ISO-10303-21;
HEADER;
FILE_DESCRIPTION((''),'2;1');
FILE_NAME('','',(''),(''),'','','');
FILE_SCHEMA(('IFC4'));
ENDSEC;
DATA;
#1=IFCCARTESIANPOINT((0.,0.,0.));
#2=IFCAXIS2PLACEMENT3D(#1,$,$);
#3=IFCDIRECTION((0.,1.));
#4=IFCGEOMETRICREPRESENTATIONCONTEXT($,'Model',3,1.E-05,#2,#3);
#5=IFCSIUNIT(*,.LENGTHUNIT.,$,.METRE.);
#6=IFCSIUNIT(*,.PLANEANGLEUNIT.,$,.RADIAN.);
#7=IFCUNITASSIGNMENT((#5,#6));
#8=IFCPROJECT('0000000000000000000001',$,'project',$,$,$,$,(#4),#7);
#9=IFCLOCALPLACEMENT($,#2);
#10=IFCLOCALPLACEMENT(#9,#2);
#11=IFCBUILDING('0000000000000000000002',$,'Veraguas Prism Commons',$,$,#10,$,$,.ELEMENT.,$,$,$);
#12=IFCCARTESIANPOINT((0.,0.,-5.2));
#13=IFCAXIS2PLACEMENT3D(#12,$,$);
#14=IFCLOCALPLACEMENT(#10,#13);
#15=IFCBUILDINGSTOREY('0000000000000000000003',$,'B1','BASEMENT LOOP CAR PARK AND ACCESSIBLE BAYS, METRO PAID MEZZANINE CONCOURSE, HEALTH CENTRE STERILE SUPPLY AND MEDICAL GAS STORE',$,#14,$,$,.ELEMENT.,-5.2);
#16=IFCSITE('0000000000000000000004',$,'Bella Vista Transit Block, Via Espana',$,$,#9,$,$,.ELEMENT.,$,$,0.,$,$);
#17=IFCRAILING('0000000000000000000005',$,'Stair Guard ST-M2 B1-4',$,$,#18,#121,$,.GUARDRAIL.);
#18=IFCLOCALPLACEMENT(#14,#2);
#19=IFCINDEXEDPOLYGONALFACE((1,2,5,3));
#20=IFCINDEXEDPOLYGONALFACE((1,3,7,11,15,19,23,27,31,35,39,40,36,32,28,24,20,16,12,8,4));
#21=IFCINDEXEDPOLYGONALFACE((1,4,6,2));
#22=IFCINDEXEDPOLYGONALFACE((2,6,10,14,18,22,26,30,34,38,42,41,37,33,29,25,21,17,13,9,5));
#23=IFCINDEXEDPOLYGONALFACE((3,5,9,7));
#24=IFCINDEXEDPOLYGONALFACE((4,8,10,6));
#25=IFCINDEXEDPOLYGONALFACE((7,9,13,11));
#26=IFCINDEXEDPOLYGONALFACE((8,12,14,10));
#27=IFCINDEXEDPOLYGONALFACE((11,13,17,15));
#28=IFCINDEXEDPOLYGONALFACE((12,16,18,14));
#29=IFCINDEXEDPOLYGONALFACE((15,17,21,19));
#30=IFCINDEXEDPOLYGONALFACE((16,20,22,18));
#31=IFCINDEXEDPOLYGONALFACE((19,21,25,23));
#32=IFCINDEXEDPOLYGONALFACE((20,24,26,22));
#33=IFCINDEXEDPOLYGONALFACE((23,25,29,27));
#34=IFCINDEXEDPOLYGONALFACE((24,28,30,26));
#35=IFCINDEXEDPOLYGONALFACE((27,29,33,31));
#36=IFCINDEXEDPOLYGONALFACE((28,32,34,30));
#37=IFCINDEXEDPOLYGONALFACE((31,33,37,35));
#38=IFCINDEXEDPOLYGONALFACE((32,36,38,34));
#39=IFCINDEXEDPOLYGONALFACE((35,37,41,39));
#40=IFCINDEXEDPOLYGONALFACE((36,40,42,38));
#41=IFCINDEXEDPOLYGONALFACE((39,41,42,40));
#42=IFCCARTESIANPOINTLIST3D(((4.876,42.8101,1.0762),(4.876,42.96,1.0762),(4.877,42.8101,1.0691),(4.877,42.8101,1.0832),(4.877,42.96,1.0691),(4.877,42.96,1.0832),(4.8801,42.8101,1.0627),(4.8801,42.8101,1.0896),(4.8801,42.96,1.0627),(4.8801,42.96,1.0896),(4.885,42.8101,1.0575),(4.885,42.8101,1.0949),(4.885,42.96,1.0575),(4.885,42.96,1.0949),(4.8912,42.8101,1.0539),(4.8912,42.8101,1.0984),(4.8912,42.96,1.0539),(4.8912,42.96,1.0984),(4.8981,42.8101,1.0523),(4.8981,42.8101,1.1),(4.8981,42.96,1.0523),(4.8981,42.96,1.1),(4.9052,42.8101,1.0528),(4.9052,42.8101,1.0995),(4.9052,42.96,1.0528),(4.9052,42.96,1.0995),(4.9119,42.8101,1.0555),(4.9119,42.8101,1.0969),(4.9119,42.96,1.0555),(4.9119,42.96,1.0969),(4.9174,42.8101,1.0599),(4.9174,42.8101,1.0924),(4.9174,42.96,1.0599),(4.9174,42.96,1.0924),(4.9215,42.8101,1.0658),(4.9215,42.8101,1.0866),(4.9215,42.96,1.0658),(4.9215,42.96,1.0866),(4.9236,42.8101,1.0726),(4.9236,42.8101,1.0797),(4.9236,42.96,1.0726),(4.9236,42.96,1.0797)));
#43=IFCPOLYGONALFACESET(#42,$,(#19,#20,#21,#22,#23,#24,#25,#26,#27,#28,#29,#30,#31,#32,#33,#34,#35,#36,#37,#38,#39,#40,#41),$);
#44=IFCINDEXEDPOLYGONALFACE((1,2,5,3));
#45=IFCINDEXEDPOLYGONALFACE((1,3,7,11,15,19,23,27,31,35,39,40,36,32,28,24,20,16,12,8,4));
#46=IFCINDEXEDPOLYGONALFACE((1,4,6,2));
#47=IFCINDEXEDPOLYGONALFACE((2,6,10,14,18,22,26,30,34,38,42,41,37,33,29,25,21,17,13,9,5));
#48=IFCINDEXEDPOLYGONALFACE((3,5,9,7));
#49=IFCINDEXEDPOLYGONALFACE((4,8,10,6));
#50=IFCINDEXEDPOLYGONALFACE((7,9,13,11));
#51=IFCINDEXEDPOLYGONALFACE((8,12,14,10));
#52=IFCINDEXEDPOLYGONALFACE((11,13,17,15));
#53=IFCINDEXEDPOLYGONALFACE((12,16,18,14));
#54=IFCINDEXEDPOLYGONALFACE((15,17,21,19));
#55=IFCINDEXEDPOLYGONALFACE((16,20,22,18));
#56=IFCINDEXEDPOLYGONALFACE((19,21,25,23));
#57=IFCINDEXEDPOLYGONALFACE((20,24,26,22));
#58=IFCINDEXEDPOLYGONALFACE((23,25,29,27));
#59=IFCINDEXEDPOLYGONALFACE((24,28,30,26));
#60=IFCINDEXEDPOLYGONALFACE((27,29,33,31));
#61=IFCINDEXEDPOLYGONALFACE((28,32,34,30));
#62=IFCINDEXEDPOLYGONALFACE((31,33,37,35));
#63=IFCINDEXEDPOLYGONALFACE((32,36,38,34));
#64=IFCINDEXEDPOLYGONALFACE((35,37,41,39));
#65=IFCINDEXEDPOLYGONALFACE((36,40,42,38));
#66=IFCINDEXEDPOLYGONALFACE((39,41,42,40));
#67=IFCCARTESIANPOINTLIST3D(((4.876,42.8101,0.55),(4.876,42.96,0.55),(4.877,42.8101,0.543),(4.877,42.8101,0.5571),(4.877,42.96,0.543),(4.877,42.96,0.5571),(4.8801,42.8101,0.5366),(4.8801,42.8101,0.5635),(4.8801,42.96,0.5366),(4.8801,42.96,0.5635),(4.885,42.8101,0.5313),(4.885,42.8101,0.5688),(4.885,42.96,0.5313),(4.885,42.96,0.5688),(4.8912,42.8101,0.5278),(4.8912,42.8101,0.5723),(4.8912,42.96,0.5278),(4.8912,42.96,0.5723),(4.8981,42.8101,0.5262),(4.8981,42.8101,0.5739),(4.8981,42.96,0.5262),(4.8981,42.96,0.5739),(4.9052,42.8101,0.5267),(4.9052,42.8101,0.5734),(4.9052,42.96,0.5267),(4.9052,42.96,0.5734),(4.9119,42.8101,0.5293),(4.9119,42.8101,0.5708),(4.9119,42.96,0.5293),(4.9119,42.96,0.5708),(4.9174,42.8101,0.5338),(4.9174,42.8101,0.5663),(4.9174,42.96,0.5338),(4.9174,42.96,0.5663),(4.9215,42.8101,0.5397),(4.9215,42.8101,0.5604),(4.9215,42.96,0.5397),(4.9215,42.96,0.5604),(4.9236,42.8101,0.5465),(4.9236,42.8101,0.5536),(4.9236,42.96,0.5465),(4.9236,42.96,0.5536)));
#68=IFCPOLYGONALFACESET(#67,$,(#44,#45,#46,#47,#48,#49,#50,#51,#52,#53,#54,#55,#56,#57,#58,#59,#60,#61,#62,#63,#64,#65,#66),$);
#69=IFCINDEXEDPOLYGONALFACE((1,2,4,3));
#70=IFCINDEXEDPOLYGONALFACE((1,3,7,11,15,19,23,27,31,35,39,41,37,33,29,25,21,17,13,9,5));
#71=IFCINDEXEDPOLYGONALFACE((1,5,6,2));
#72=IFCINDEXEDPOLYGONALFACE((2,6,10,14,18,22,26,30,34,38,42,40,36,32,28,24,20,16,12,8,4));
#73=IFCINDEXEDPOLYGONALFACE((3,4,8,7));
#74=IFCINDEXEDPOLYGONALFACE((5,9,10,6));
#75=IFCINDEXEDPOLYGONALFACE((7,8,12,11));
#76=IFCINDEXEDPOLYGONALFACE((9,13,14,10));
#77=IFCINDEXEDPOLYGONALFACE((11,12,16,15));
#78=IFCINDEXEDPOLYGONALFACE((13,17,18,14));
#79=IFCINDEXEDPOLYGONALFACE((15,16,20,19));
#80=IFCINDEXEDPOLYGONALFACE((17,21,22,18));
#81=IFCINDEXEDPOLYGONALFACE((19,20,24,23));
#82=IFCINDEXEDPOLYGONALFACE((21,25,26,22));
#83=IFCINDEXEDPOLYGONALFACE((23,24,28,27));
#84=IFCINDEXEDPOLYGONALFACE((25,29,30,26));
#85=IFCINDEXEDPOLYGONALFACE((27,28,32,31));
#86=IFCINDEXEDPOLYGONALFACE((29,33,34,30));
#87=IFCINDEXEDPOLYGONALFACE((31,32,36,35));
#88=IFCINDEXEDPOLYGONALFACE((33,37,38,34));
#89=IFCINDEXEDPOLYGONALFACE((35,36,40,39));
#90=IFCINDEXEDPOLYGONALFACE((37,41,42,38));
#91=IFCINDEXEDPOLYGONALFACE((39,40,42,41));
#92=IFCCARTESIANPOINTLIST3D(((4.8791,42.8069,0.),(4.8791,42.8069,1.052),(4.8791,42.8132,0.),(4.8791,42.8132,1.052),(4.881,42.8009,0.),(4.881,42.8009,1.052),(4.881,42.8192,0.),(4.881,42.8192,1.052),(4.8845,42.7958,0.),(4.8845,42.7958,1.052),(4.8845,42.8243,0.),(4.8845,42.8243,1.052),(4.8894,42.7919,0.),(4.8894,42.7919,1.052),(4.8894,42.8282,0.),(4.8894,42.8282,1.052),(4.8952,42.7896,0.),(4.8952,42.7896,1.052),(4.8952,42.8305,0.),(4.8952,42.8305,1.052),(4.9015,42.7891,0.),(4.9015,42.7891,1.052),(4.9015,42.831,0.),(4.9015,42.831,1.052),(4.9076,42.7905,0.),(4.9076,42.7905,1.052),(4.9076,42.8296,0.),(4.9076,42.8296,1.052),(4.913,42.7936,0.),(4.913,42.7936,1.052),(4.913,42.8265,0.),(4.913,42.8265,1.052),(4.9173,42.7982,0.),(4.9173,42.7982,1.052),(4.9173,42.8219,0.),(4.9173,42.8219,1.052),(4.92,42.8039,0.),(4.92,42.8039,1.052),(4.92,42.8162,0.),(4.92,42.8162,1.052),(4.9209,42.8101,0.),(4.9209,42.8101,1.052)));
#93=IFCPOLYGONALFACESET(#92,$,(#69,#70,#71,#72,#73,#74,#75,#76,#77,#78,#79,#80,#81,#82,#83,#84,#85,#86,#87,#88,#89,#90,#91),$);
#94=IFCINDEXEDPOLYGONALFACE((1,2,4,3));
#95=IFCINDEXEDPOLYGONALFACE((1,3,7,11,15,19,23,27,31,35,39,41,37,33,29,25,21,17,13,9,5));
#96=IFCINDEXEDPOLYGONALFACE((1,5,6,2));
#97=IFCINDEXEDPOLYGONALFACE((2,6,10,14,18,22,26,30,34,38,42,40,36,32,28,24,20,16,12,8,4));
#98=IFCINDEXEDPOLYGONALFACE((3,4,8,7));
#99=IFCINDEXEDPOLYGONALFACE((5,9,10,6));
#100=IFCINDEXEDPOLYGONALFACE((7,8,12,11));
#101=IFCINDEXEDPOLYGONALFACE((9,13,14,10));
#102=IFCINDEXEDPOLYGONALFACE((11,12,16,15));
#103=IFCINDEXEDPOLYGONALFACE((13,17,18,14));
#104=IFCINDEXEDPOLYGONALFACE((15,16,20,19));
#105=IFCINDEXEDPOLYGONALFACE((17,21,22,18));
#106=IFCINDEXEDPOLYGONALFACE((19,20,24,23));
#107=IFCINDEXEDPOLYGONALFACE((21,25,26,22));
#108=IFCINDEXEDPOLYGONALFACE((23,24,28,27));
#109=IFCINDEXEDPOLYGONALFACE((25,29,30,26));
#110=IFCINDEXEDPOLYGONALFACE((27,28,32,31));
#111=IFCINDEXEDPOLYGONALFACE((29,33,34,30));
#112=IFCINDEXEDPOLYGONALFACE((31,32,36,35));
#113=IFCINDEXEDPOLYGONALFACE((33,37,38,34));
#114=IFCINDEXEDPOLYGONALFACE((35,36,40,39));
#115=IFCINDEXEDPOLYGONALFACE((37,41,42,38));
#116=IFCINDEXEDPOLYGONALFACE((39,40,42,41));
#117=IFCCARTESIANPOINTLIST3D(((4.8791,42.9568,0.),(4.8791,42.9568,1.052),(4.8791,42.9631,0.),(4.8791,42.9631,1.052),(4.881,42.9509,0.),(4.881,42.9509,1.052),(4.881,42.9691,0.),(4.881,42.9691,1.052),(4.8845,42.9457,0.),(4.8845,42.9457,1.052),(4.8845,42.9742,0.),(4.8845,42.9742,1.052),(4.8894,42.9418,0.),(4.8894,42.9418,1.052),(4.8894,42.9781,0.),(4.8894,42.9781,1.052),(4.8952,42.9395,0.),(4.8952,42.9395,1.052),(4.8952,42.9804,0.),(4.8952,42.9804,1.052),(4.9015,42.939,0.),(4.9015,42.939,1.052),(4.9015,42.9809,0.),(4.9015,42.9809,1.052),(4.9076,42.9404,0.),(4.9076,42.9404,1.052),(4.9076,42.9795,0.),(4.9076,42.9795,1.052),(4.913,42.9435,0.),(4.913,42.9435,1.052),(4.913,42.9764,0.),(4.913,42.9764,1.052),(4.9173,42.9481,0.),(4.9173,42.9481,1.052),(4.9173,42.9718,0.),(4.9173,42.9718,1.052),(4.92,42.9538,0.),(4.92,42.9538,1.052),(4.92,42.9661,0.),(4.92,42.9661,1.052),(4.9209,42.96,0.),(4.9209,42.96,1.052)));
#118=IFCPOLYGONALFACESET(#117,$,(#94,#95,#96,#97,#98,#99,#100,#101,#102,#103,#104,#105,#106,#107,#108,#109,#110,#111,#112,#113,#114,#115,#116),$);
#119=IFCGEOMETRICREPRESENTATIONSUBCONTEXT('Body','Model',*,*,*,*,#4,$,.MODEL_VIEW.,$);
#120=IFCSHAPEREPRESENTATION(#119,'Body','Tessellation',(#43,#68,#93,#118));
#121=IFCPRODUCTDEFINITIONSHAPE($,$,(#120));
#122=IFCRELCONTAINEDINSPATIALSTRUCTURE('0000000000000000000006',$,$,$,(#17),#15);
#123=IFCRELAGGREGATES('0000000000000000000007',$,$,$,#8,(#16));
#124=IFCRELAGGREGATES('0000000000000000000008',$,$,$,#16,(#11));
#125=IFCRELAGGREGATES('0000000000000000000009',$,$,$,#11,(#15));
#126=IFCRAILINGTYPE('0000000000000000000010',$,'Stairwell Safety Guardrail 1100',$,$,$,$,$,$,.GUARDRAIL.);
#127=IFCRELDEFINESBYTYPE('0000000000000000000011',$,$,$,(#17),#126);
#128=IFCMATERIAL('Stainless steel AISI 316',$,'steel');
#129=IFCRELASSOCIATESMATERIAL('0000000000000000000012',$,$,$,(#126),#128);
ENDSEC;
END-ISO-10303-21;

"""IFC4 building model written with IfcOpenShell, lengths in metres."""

from ifc_helpers import new_model, si_unit, direction, frame, origin, origin_2d, place, context, subcontext, project, spatial, circle, extrude, material, type_object, element, save


model = new_model("IFC4")

# Units and contexts
model_context = context("Model", 3, precision=1e-05, world=origin(), true_north=direction((0.0, 1.0)))
body_context = subcontext(model_context, "Body", "Model", "MODEL_VIEW")
ifc_project = project(units=[si_unit("LENGTHUNIT", "METRE"), si_unit("PLANEANGLEUNIT", "RADIAN")], contexts=[model_context])

# Site, building, storey
site_placement = place(None, origin())
site = spatial("IfcSite", under=ifc_project, at=site_placement, Name="Bella Vista Transit Block, Via Espana", CompositionType="ELEMENT", RefElevation=0.0)
building_placement = place(site_placement, origin())
building = spatial("IfcBuilding", under=site, at=building_placement, Name="Veraguas Prism Commons", CompositionType="ELEMENT")
storey_placement = place(building_placement, frame((0.0, 0.0, -5.2)))
storey = spatial("IfcBuildingStorey", under=building, at=storey_placement, Name="B1", Description="BASEMENT LOOP CAR PARK AND ACCESSIBLE BAYS, METRO PAID MEZZANINE CONCOURSE, HEALTH CENTRE STERILE SUPPLY AND MEDICAL GAS STORE", CompositionType="ELEMENT", Elevation=-5.2)

# Railing
ifc_material_1 = material(Name="Stainless steel AISI 316", Category="steel")
railing_type_1 = type_object("IfcRailingType", Name="Stairwell Safety Guardrail 1100", PredefinedType="GUARDRAIL", material=ifc_material_1)
railing_1_placement = place(storey_placement, frame((4.8999, 42.8101, 0.0)))
element("IfcRailing", 1, at=railing_1_placement, inside=storey, type_object=railing_type_1, Name="Stair Guard ST-M2 B1-4", PredefinedType="GUARDRAIL", context=body_context, shape_type="SweptSolid", body=[
    extrude(circle(Radius=0.0239, at=origin_2d()), frame((0.0, 0.0, 1.0762), z_axis=(0.0, 1.0, 0.0), x_axis=(-1.0, 0.0, 0.0)), (0.0, 0.0, 1.0), 0.1499),
    extrude(circle(Radius=0.0239, at=origin_2d()), frame((0.0, 0.0, 0.55), z_axis=(0.0, 1.0, 0.0), x_axis=(-1.0, 0.0, 0.0)), (0.0, 0.0, 1.0), 0.1499),
    extrude(circle(Radius=0.021, at=origin_2d()), origin(), (0.0, 0.0, 1.0), 1.052),
    extrude(circle(Radius=0.021, at=origin_2d()), frame((0.0, 0.1499, 0.0)), (0.0, 0.0, 1.0), 1.052),
])

save(model, "model.ifc")
